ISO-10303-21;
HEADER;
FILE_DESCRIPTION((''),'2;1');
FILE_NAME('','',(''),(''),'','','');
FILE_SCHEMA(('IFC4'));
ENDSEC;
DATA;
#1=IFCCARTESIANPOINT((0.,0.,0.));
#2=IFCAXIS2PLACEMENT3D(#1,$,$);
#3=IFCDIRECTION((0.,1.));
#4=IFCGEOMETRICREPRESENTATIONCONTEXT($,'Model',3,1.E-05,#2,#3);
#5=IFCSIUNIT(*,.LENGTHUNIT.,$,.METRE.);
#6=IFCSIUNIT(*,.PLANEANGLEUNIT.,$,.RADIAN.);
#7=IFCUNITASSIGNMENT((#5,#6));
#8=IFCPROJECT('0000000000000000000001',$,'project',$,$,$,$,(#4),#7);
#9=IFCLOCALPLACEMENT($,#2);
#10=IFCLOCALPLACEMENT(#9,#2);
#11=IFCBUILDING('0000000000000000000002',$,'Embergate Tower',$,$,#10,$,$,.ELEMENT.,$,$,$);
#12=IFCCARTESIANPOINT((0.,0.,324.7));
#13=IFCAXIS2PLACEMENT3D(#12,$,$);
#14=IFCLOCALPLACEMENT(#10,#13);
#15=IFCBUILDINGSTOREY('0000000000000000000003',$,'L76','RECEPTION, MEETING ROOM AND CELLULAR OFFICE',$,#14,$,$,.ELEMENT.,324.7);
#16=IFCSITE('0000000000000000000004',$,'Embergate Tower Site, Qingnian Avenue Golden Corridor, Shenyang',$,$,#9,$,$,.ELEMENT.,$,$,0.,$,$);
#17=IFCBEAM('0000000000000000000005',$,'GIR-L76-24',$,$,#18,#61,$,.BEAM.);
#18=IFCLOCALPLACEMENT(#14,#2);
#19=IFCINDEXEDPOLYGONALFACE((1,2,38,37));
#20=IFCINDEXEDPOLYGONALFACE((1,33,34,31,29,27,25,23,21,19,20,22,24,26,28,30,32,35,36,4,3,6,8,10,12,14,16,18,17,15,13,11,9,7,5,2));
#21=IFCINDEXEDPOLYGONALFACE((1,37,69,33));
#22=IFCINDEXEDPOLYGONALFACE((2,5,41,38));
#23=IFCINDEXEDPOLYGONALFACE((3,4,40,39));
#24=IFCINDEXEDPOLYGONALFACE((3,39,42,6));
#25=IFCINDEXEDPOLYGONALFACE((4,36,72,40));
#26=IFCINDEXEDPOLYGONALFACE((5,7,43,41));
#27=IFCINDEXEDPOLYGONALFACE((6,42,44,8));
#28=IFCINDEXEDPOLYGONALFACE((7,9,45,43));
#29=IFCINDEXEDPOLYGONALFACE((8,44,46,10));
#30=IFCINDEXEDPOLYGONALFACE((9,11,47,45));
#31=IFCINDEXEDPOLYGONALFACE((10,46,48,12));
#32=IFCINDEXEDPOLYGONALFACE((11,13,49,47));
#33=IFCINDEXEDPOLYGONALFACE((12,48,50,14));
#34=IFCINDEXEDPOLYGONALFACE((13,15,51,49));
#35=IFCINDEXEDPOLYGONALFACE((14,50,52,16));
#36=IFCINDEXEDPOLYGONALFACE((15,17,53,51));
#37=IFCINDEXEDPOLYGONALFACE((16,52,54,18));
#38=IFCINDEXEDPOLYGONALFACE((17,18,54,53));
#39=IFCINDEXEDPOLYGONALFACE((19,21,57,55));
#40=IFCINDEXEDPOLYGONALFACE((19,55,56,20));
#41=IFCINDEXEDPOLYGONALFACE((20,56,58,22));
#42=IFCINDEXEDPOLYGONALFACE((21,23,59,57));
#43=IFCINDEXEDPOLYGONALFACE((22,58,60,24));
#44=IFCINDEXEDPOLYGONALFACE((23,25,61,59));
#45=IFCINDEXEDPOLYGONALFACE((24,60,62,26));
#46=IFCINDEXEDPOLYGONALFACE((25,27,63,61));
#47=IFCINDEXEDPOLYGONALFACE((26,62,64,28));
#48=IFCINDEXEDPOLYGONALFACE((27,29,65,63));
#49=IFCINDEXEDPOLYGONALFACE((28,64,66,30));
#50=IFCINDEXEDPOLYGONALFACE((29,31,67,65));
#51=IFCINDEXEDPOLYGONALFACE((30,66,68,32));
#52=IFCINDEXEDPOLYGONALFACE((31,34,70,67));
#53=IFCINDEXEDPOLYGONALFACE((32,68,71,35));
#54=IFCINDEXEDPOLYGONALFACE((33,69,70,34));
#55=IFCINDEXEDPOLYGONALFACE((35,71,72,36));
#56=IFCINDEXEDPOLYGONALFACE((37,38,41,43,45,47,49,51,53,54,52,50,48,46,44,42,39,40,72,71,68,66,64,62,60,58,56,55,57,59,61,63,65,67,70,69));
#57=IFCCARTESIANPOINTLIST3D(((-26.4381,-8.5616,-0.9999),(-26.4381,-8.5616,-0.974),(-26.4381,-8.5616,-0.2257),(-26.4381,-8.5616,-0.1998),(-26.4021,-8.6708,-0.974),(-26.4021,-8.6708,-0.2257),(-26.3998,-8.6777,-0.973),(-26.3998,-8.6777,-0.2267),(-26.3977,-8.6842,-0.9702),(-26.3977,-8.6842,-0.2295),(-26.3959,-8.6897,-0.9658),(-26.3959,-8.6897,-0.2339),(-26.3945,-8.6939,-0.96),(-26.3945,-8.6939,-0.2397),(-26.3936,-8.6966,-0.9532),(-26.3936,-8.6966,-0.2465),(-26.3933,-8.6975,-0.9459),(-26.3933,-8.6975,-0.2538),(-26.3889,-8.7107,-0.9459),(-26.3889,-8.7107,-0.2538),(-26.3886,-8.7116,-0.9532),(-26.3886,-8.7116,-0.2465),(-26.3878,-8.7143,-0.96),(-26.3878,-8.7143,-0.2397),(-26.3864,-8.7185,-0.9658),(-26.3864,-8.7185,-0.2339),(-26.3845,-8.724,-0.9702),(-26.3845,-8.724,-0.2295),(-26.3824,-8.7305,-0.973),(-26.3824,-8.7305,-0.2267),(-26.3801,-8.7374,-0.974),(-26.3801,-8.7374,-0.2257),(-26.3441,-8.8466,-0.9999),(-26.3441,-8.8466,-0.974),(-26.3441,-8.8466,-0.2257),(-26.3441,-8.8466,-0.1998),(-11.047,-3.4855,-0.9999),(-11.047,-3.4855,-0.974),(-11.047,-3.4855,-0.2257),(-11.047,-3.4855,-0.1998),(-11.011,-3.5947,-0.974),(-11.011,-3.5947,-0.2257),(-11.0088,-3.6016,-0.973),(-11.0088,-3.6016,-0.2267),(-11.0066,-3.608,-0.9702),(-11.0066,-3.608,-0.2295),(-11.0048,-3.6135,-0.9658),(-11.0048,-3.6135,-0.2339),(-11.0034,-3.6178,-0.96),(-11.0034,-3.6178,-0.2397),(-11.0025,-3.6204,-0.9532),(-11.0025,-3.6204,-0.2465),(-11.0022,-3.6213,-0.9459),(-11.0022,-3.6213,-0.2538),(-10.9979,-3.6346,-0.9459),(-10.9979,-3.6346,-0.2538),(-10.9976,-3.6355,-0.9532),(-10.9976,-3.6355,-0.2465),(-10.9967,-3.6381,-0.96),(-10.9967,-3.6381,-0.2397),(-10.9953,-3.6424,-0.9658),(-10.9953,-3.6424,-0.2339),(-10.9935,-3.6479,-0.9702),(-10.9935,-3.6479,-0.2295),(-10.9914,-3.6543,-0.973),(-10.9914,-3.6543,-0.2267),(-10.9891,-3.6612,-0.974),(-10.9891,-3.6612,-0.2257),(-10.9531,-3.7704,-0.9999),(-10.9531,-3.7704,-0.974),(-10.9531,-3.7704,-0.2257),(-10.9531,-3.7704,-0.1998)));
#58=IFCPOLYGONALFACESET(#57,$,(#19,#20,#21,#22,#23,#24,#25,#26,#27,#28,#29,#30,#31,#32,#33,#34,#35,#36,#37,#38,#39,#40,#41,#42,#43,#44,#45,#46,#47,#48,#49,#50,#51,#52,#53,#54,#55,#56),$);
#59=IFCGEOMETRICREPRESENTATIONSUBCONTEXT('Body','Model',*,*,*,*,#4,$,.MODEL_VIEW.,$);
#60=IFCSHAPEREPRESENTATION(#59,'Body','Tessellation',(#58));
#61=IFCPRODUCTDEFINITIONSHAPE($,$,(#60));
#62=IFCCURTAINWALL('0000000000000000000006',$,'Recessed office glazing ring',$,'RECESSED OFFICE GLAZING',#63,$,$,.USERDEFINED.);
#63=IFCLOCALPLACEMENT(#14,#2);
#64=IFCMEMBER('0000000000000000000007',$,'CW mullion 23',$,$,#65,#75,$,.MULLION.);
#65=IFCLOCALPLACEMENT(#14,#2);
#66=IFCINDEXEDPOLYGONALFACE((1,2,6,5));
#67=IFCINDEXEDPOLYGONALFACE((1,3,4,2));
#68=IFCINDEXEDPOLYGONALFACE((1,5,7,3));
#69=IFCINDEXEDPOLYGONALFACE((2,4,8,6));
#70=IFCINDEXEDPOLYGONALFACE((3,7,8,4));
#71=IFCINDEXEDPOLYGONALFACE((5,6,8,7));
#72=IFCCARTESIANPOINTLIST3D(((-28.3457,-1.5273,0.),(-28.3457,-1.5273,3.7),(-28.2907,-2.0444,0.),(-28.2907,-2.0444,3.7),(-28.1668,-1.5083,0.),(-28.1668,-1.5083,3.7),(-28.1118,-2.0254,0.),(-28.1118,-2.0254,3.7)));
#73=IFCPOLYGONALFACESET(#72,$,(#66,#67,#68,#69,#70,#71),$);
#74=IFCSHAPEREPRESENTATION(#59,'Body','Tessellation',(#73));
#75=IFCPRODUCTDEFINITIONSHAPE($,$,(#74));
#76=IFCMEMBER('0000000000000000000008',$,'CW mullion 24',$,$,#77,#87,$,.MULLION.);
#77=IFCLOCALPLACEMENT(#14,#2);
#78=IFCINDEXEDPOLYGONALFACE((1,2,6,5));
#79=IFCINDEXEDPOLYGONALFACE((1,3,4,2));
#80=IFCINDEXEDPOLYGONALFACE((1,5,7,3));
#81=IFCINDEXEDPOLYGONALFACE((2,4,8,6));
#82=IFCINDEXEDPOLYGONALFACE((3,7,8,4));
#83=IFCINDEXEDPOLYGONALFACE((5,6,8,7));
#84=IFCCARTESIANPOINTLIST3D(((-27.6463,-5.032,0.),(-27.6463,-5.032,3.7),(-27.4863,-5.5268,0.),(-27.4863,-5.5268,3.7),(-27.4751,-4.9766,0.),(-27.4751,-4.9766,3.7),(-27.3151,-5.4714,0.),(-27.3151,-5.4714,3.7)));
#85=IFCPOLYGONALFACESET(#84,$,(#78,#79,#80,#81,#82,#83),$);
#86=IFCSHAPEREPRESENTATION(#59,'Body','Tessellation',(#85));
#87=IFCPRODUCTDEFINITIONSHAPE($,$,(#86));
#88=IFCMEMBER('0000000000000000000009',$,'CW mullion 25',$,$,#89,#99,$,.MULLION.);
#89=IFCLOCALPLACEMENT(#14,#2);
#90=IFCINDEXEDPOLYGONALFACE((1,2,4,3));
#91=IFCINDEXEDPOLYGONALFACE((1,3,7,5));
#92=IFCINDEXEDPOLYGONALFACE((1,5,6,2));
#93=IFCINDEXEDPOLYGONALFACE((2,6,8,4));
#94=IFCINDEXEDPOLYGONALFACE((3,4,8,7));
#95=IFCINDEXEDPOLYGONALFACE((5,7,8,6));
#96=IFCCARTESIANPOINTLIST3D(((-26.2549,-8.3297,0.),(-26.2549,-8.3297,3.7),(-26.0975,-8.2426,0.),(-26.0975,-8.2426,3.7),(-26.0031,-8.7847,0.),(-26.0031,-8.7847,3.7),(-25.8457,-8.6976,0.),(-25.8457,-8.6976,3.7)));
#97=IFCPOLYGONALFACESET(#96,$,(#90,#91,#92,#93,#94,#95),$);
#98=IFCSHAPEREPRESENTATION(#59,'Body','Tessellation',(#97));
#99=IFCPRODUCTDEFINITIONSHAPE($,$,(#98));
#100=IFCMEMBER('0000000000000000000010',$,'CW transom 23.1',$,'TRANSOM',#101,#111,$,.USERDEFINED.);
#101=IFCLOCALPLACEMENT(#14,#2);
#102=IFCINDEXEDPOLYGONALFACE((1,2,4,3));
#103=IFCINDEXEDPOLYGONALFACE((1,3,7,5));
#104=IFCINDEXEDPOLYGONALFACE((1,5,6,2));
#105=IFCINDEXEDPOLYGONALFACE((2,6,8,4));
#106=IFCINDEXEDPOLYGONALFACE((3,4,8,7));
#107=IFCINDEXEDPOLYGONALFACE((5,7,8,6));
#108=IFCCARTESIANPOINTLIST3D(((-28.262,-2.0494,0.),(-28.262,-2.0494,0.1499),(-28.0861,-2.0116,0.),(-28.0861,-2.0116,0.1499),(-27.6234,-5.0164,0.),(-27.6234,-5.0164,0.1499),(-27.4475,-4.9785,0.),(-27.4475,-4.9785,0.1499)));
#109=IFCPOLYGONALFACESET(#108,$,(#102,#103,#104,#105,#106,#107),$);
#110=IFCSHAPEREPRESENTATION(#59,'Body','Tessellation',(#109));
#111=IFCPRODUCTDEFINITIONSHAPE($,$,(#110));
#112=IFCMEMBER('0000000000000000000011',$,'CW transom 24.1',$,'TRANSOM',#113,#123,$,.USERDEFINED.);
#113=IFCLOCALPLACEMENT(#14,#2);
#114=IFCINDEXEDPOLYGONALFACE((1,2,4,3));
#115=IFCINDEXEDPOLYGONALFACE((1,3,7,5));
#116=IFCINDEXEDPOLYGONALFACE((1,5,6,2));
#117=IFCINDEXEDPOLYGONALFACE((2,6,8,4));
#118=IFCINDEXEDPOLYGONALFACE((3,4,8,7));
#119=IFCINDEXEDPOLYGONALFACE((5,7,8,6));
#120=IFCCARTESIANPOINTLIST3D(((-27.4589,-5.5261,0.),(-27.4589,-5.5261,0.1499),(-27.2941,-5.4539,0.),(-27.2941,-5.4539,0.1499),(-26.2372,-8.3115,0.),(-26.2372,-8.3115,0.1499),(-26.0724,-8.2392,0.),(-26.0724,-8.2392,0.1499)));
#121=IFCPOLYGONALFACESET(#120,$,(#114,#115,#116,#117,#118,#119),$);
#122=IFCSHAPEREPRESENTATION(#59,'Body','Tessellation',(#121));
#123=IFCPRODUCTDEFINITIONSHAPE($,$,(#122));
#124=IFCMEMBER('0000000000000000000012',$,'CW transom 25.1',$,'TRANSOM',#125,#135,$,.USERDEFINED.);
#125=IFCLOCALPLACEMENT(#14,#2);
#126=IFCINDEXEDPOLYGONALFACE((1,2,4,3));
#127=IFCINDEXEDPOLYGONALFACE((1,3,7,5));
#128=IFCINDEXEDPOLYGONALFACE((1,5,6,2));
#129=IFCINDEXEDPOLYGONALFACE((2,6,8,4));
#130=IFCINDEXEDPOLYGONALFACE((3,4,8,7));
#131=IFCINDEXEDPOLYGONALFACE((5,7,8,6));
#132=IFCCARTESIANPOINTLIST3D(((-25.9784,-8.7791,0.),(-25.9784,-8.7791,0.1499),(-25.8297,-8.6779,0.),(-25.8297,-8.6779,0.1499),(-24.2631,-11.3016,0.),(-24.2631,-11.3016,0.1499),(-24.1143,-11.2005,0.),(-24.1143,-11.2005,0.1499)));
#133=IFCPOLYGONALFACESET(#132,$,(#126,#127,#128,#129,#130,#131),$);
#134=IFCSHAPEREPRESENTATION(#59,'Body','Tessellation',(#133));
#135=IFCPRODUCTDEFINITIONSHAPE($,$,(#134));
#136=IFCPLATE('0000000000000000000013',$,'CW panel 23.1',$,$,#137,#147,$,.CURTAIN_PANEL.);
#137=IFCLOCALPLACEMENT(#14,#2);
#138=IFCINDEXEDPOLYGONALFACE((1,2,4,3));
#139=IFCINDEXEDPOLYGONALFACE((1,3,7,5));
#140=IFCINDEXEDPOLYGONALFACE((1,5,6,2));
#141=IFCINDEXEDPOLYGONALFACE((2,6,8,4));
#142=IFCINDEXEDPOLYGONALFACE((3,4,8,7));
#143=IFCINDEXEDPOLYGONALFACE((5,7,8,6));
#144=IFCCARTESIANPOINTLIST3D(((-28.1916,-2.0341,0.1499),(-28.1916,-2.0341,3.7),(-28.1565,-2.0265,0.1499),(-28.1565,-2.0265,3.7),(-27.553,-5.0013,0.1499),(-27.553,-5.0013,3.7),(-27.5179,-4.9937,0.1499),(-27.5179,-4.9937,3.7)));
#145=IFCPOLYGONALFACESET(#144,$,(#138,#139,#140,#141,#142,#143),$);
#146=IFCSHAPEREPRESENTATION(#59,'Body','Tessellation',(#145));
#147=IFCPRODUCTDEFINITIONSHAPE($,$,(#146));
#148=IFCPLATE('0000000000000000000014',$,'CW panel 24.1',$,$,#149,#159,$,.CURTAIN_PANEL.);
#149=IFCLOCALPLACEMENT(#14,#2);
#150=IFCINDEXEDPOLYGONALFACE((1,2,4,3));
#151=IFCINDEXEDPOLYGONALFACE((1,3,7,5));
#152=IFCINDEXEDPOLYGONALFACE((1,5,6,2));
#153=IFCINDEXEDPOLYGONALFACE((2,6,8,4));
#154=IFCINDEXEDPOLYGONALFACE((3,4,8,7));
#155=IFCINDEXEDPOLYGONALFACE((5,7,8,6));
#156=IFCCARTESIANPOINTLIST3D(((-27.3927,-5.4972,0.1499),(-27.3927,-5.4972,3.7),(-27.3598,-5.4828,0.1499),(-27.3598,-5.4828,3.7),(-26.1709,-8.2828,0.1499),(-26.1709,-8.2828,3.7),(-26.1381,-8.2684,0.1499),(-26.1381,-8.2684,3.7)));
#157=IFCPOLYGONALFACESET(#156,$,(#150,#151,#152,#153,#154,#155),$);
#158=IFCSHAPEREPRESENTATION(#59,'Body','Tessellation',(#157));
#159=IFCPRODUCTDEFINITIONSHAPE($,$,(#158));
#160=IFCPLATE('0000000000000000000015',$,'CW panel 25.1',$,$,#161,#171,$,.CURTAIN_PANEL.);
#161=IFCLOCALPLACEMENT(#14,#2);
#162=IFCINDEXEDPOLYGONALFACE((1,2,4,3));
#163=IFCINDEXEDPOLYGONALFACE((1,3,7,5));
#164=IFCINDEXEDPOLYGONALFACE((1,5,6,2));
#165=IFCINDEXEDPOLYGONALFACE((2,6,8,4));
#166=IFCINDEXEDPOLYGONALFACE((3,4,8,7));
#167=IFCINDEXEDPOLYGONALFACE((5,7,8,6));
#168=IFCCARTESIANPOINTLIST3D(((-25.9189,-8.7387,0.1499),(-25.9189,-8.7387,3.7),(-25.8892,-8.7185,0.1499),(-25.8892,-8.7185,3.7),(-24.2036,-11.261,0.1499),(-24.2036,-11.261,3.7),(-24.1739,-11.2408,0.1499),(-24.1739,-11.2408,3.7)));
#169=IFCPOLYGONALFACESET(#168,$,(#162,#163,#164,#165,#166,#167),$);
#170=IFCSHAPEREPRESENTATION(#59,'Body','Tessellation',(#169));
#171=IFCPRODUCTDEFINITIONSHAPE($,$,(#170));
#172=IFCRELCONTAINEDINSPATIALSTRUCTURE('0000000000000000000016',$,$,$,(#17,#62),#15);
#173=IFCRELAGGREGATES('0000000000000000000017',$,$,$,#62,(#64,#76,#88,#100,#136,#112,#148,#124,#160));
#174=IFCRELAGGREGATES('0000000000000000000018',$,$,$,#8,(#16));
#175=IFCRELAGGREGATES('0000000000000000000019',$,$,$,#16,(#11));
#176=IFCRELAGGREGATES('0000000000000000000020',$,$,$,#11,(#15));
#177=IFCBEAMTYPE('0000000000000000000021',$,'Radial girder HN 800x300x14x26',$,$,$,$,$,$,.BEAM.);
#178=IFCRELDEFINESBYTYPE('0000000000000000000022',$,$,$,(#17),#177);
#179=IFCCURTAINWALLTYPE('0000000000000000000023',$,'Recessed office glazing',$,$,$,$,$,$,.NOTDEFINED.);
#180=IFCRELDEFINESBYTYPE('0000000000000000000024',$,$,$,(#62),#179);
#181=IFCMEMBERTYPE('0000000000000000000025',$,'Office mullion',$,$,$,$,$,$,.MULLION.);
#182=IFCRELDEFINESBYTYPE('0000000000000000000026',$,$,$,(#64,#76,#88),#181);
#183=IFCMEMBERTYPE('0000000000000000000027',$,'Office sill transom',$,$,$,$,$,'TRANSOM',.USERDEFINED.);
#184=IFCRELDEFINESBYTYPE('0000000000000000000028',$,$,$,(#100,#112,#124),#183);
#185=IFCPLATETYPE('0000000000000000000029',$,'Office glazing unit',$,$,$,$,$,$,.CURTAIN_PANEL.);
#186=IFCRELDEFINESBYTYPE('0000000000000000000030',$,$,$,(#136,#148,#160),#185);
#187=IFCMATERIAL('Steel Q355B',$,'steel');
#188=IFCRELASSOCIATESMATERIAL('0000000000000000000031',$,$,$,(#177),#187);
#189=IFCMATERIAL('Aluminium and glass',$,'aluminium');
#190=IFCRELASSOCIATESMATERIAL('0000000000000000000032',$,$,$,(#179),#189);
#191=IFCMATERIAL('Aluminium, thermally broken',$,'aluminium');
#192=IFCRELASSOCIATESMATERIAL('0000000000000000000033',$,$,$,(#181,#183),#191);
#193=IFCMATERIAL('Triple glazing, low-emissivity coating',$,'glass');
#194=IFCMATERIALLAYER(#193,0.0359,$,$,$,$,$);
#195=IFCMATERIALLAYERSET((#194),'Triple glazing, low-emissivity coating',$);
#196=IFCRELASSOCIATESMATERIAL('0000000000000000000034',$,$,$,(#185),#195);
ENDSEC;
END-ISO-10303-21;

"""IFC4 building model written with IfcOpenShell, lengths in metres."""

from ifc_helpers import new_model, si_unit, direction, frame, origin, origin_2d, place, context, subcontext, project, spatial, rectangle, i_section, extrude, source, transform, mapped, material, layer, layer_set, material_profile, profile_set, type_object, element, aggregate, save


model = new_model("IFC4")

# Units and contexts
model_context = context("Model", 3, precision=1e-05, world=origin(), true_north=direction((0.0, 1.0)))
body_context = subcontext(model_context, "Body", "Model", "MODEL_VIEW")
ifc_project = project(units=[si_unit("LENGTHUNIT", "METRE"), si_unit("PLANEANGLEUNIT", "RADIAN")], contexts=[model_context])

# Site, building, storey
site_placement = place(None, origin())
site = spatial("IfcSite", under=ifc_project, at=site_placement, Name="Embergate Tower Site, Qingnian Avenue Golden Corridor, Shenyang", CompositionType="ELEMENT", RefElevation=0.0)
building_placement = place(site_placement, origin())
building = spatial("IfcBuilding", under=site, at=building_placement, Name="Embergate Tower", CompositionType="ELEMENT")
storey_placement = place(building_placement, frame((0.0, 0.0, 324.7)))
storey = spatial("IfcBuildingStorey", under=building, at=storey_placement, Name="L76", Description="RECEPTION, MEETING ROOM AND CELLULAR OFFICE", CompositionType="ELEMENT", Elevation=324.7)

# Beam
ifc_material_1 = material(Name="Steel Q355B", Category="steel")
ifc_material_profile_1 = material_profile(ifc_material_1, i_section(OverallWidth=0.3, OverallDepth=0.8, WebThickness=0.0139, FlangeThickness=0.0259, FilletRadius=0.0281, at=origin_2d()), Name="HN 800x300x14x26")
ifc_profile_set_1 = profile_set([ifc_material_profile_1], Name="Steel Q355 grade B")
beam_type_1 = type_object("IfcBeamType", Name="Radial girder HN 800x300x14x26", PredefinedType="BEAM", material=ifc_profile_set_1)
shared_shape_1 = source(origin(), body_context, "Body", "SweptSolid", [
    extrude(i_section(OverallWidth=0.3, OverallDepth=0.8, WebThickness=0.0139, FlangeThickness=0.0259, FilletRadius=0.0281, at=origin_2d()), origin(), (0.0, 0.0, 1.0), 16.2065),
])
beam_1_placement = place(storey_placement, frame((-26.3911, -8.7041, -0.5999), z_axis=(0.949682, 0.313216, 0.0), x_axis=(-0.313216, 0.949682, 0.0)))
element("IfcBeam", 1, at=beam_1_placement, inside=storey, type_object=beam_type_1, Name="GIR-L76-24", PredefinedType="BEAM", context=body_context, shape_type="MappedRepresentation", body=[
    mapped(shared_shape_1, transform((0.0, 0.0, 0.0))),
])

# Curtain wall, members, plates
ifc_material_2 = material(Name="Aluminium and glass", Category="aluminium")
curtain_wall_type = type_object("IfcCurtainWallType", Name="Recessed office glazing", PredefinedType="NOTDEFINED", material=ifc_material_2)
curtain_wall_placement = place(storey_placement, origin())
curtain_wall = element("IfcCurtainWall", 2, at=curtain_wall_placement, inside=storey, type_object=curtain_wall_type, Name="Recessed office glazing ring", ObjectType="RECESSED OFFICE GLAZING", PredefinedType="USERDEFINED")
ifc_material_3 = material(Name="Aluminium, thermally broken", Category="aluminium")
ifc_material_profile_2 = material_profile(ifc_material_3, rectangle(XDim=0.1799, YDim=0.52, at=origin_2d()), Name="AL 520x180")
ifc_profile_set_2 = profile_set([ifc_material_profile_2], Name="Aluminium, thermally broken")
member_type_1 = type_object("IfcMemberType", Name="Office mullion", PredefinedType="MULLION", material=ifc_profile_set_2)
shared_shape_2 = source(origin(), body_context, "Body", "SweptSolid", [
    extrude(rectangle(XDim=0.1799, YDim=0.52, at=origin_2d()), origin(), (0.0, 0.0, 1.0), 3.7),
])
member_1_placement = place(storey_placement, frame((-28.2288, -1.7764, 0.0), z_axis=(0.0, 0.0, 1.0), x_axis=(0.994384, 0.105832, 0.0)))
member_1 = element("IfcMember", 3, at=member_1_placement, type_object=member_type_1, Name="CW mullion 23", PredefinedType="MULLION", context=body_context, shape_type="MappedRepresentation", body=[
    mapped(shared_shape_2, transform((0.0, 0.0, 0.0))),
])
member_2_placement = place(storey_placement, frame((-27.4807, -5.2517, 0.0), z_axis=(0.0, 0.0, 1.0), x_axis=(0.951492, 0.307674, 0.0)))
member_2 = element("IfcMember", 4, at=member_2_placement, type_object=member_type_1, Name="CW mullion 24", PredefinedType="MULLION", context=body_context, shape_type="MappedRepresentation", body=[
    mapped(shared_shape_2, transform((0.0, 0.0, 0.0))),
])
member_3_placement = place(storey_placement, frame((-26.0503, -8.5137, 0.0), z_axis=(0.0, 0.0, 1.0), x_axis=(0.874991, 0.484139, 0.0)))
member_3 = element("IfcMember", 5, at=member_3_placement, type_object=member_type_1, Name="CW mullion 25", PredefinedType="MULLION", context=body_context, shape_type="MappedRepresentation", body=[
    mapped(shared_shape_2, transform((0.0, 0.0, 0.0))),
])
ifc_material_profile_3 = material_profile(ifc_material_3, rectangle(XDim=0.1799, YDim=0.1499, at=origin_2d()), Name="AL 150x180")
ifc_profile_set_3 = profile_set([ifc_material_profile_3], Name="Aluminium, thermally broken")
member_type_2 = type_object("IfcMemberType", Name="Office sill transom", ElementType="TRANSOM", PredefinedType="USERDEFINED", material=ifc_profile_set_3)
shared_shape_3 = source(origin(), body_context, "Body", "SweptSolid", [
    extrude(rectangle(XDim=0.1799, YDim=0.1499, at=origin_2d()), origin(), (0.0, 0.0, 1.0), 3.0349),
])
member_4_placement = place(storey_placement, frame((-28.1741, -2.0305, 0.075), z_axis=(0.210435, -0.977608, 0.0), x_axis=(0.977608, 0.210435, 0.0)))
member_4 = element("IfcMember", 6, at=member_4_placement, type_object=member_type_2, Name="CW transom 23.1", ObjectType="TRANSOM", PredefinedType="USERDEFINED", context=body_context, shape_type="MappedRepresentation", body=[
    mapped(shared_shape_3, transform((0.0, 0.0, 0.0))),
])
shared_shape_4 = source(origin(), body_context, "Body", "SweptSolid", [
    extrude(rectangle(XDim=0.1799, YDim=0.1499, at=origin_2d()), origin(), (0.0, 0.0, 1.0), 3.0415),
])
member_5_placement = place(storey_placement, frame((-27.3765, -5.49, 0.075), z_axis=(0.401665, -0.915787, 0.0), x_axis=(0.915787, 0.401665, 0.0)))
member_5 = element("IfcMember", 7, at=member_5_placement, type_object=member_type_2, Name="CW transom 24.1", ObjectType="TRANSOM", PredefinedType="USERDEFINED", context=body_context, shape_type="MappedRepresentation", body=[
    mapped(shared_shape_4, transform((0.0, 0.0, 0.0))),
])
shared_shape_5 = source(origin(), body_context, "Body", "SweptSolid", [
    extrude(rectangle(XDim=0.1799, YDim=0.1499, at=origin_2d()), origin(), (0.0, 0.0, 1.0), 3.0505),
])
member_6_placement = place(storey_placement, frame((-25.9041, -8.7285, 0.075), z_axis=(0.562323, -0.826918, 0.0), x_axis=(0.826918, 0.562323, 0.0)))
member_6 = element("IfcMember", 8, at=member_6_placement, type_object=member_type_2, Name="CW transom 25.1", ObjectType="TRANSOM", PredefinedType="USERDEFINED", context=body_context, shape_type="MappedRepresentation", body=[
    mapped(shared_shape_5, transform((0.0, 0.0, 0.0))),
])
ifc_material_4 = material(Name="Triple glazing, low-emissivity coating", Category="glass")
ifc_layer_1 = layer(ifc_material_4, 0.0359)
ifc_layer_set_1 = layer_set([ifc_layer_1], Name="Triple glazing, low-emissivity coating")
plate_type = type_object("IfcPlateType", Name="Office glazing unit", PredefinedType="CURTAIN_PANEL", material=ifc_layer_set_1)
shared_shape_6 = source(origin(), body_context, "Body", "SweptSolid", [
    extrude(rectangle(XDim=3.0352, YDim=0.0359, at=origin_2d()), origin(), (0.0, 0.0, 1.0), 3.55),
])
plate_1_placement = place(storey_placement, frame((-27.8547, -3.5139, 0.1499), z_axis=(0.0, 0.0, 1.0), x_axis=(0.2104, -0.977615, 0.0)))
plate_1 = element("IfcPlate", 9, at=plate_1_placement, type_object=plate_type, Name="CW panel 23.1", PredefinedType="CURTAIN_PANEL", context=body_context, shape_type="MappedRepresentation", body=[
    mapped(shared_shape_6, transform((0.0, 0.0, 0.0))),
])
shared_shape_7 = source(origin(), body_context, "Body", "SweptSolid", [
    extrude(rectangle(XDim=3.0417, YDim=0.0359, at=origin_2d()), origin(), (0.0, 0.0, 1.0), 3.55),
])
plate_2_placement = place(storey_placement, frame((-26.7654, -6.8828, 0.1499), z_axis=(0.0, 0.0, 1.0), x_axis=(0.401654, -0.915792, 0.0)))
plate_2 = element("IfcPlate", 10, at=plate_2_placement, type_object=plate_type, Name="CW panel 24.1", PredefinedType="CURTAIN_PANEL", context=body_context, shape_type="MappedRepresentation", body=[
    mapped(shared_shape_7, transform((0.0, 0.0, 0.0))),
])
shared_shape_8 = source(origin(), body_context, "Body", "SweptSolid", [
    extrude(rectangle(XDim=3.0503, YDim=0.0359, at=origin_2d()), origin(), (0.0, 0.0, 1.0), 3.55),
])
plate_3_placement = place(storey_placement, frame((-25.0464, -9.9897, 0.1499), z_axis=(0.0, 0.0, 1.0), x_axis=(0.562342, -0.826905, 0.0)))
plate_3 = element("IfcPlate", 11, at=plate_3_placement, type_object=plate_type, Name="CW panel 25.1", PredefinedType="CURTAIN_PANEL", context=body_context, shape_type="MappedRepresentation", body=[
    mapped(shared_shape_8, transform((0.0, 0.0, 0.0))),
])
aggregate(curtain_wall, [member_1, member_2, member_3, member_4, plate_1, member_5, plate_2, member_6, plate_3])

save(model, "model.ifc")
